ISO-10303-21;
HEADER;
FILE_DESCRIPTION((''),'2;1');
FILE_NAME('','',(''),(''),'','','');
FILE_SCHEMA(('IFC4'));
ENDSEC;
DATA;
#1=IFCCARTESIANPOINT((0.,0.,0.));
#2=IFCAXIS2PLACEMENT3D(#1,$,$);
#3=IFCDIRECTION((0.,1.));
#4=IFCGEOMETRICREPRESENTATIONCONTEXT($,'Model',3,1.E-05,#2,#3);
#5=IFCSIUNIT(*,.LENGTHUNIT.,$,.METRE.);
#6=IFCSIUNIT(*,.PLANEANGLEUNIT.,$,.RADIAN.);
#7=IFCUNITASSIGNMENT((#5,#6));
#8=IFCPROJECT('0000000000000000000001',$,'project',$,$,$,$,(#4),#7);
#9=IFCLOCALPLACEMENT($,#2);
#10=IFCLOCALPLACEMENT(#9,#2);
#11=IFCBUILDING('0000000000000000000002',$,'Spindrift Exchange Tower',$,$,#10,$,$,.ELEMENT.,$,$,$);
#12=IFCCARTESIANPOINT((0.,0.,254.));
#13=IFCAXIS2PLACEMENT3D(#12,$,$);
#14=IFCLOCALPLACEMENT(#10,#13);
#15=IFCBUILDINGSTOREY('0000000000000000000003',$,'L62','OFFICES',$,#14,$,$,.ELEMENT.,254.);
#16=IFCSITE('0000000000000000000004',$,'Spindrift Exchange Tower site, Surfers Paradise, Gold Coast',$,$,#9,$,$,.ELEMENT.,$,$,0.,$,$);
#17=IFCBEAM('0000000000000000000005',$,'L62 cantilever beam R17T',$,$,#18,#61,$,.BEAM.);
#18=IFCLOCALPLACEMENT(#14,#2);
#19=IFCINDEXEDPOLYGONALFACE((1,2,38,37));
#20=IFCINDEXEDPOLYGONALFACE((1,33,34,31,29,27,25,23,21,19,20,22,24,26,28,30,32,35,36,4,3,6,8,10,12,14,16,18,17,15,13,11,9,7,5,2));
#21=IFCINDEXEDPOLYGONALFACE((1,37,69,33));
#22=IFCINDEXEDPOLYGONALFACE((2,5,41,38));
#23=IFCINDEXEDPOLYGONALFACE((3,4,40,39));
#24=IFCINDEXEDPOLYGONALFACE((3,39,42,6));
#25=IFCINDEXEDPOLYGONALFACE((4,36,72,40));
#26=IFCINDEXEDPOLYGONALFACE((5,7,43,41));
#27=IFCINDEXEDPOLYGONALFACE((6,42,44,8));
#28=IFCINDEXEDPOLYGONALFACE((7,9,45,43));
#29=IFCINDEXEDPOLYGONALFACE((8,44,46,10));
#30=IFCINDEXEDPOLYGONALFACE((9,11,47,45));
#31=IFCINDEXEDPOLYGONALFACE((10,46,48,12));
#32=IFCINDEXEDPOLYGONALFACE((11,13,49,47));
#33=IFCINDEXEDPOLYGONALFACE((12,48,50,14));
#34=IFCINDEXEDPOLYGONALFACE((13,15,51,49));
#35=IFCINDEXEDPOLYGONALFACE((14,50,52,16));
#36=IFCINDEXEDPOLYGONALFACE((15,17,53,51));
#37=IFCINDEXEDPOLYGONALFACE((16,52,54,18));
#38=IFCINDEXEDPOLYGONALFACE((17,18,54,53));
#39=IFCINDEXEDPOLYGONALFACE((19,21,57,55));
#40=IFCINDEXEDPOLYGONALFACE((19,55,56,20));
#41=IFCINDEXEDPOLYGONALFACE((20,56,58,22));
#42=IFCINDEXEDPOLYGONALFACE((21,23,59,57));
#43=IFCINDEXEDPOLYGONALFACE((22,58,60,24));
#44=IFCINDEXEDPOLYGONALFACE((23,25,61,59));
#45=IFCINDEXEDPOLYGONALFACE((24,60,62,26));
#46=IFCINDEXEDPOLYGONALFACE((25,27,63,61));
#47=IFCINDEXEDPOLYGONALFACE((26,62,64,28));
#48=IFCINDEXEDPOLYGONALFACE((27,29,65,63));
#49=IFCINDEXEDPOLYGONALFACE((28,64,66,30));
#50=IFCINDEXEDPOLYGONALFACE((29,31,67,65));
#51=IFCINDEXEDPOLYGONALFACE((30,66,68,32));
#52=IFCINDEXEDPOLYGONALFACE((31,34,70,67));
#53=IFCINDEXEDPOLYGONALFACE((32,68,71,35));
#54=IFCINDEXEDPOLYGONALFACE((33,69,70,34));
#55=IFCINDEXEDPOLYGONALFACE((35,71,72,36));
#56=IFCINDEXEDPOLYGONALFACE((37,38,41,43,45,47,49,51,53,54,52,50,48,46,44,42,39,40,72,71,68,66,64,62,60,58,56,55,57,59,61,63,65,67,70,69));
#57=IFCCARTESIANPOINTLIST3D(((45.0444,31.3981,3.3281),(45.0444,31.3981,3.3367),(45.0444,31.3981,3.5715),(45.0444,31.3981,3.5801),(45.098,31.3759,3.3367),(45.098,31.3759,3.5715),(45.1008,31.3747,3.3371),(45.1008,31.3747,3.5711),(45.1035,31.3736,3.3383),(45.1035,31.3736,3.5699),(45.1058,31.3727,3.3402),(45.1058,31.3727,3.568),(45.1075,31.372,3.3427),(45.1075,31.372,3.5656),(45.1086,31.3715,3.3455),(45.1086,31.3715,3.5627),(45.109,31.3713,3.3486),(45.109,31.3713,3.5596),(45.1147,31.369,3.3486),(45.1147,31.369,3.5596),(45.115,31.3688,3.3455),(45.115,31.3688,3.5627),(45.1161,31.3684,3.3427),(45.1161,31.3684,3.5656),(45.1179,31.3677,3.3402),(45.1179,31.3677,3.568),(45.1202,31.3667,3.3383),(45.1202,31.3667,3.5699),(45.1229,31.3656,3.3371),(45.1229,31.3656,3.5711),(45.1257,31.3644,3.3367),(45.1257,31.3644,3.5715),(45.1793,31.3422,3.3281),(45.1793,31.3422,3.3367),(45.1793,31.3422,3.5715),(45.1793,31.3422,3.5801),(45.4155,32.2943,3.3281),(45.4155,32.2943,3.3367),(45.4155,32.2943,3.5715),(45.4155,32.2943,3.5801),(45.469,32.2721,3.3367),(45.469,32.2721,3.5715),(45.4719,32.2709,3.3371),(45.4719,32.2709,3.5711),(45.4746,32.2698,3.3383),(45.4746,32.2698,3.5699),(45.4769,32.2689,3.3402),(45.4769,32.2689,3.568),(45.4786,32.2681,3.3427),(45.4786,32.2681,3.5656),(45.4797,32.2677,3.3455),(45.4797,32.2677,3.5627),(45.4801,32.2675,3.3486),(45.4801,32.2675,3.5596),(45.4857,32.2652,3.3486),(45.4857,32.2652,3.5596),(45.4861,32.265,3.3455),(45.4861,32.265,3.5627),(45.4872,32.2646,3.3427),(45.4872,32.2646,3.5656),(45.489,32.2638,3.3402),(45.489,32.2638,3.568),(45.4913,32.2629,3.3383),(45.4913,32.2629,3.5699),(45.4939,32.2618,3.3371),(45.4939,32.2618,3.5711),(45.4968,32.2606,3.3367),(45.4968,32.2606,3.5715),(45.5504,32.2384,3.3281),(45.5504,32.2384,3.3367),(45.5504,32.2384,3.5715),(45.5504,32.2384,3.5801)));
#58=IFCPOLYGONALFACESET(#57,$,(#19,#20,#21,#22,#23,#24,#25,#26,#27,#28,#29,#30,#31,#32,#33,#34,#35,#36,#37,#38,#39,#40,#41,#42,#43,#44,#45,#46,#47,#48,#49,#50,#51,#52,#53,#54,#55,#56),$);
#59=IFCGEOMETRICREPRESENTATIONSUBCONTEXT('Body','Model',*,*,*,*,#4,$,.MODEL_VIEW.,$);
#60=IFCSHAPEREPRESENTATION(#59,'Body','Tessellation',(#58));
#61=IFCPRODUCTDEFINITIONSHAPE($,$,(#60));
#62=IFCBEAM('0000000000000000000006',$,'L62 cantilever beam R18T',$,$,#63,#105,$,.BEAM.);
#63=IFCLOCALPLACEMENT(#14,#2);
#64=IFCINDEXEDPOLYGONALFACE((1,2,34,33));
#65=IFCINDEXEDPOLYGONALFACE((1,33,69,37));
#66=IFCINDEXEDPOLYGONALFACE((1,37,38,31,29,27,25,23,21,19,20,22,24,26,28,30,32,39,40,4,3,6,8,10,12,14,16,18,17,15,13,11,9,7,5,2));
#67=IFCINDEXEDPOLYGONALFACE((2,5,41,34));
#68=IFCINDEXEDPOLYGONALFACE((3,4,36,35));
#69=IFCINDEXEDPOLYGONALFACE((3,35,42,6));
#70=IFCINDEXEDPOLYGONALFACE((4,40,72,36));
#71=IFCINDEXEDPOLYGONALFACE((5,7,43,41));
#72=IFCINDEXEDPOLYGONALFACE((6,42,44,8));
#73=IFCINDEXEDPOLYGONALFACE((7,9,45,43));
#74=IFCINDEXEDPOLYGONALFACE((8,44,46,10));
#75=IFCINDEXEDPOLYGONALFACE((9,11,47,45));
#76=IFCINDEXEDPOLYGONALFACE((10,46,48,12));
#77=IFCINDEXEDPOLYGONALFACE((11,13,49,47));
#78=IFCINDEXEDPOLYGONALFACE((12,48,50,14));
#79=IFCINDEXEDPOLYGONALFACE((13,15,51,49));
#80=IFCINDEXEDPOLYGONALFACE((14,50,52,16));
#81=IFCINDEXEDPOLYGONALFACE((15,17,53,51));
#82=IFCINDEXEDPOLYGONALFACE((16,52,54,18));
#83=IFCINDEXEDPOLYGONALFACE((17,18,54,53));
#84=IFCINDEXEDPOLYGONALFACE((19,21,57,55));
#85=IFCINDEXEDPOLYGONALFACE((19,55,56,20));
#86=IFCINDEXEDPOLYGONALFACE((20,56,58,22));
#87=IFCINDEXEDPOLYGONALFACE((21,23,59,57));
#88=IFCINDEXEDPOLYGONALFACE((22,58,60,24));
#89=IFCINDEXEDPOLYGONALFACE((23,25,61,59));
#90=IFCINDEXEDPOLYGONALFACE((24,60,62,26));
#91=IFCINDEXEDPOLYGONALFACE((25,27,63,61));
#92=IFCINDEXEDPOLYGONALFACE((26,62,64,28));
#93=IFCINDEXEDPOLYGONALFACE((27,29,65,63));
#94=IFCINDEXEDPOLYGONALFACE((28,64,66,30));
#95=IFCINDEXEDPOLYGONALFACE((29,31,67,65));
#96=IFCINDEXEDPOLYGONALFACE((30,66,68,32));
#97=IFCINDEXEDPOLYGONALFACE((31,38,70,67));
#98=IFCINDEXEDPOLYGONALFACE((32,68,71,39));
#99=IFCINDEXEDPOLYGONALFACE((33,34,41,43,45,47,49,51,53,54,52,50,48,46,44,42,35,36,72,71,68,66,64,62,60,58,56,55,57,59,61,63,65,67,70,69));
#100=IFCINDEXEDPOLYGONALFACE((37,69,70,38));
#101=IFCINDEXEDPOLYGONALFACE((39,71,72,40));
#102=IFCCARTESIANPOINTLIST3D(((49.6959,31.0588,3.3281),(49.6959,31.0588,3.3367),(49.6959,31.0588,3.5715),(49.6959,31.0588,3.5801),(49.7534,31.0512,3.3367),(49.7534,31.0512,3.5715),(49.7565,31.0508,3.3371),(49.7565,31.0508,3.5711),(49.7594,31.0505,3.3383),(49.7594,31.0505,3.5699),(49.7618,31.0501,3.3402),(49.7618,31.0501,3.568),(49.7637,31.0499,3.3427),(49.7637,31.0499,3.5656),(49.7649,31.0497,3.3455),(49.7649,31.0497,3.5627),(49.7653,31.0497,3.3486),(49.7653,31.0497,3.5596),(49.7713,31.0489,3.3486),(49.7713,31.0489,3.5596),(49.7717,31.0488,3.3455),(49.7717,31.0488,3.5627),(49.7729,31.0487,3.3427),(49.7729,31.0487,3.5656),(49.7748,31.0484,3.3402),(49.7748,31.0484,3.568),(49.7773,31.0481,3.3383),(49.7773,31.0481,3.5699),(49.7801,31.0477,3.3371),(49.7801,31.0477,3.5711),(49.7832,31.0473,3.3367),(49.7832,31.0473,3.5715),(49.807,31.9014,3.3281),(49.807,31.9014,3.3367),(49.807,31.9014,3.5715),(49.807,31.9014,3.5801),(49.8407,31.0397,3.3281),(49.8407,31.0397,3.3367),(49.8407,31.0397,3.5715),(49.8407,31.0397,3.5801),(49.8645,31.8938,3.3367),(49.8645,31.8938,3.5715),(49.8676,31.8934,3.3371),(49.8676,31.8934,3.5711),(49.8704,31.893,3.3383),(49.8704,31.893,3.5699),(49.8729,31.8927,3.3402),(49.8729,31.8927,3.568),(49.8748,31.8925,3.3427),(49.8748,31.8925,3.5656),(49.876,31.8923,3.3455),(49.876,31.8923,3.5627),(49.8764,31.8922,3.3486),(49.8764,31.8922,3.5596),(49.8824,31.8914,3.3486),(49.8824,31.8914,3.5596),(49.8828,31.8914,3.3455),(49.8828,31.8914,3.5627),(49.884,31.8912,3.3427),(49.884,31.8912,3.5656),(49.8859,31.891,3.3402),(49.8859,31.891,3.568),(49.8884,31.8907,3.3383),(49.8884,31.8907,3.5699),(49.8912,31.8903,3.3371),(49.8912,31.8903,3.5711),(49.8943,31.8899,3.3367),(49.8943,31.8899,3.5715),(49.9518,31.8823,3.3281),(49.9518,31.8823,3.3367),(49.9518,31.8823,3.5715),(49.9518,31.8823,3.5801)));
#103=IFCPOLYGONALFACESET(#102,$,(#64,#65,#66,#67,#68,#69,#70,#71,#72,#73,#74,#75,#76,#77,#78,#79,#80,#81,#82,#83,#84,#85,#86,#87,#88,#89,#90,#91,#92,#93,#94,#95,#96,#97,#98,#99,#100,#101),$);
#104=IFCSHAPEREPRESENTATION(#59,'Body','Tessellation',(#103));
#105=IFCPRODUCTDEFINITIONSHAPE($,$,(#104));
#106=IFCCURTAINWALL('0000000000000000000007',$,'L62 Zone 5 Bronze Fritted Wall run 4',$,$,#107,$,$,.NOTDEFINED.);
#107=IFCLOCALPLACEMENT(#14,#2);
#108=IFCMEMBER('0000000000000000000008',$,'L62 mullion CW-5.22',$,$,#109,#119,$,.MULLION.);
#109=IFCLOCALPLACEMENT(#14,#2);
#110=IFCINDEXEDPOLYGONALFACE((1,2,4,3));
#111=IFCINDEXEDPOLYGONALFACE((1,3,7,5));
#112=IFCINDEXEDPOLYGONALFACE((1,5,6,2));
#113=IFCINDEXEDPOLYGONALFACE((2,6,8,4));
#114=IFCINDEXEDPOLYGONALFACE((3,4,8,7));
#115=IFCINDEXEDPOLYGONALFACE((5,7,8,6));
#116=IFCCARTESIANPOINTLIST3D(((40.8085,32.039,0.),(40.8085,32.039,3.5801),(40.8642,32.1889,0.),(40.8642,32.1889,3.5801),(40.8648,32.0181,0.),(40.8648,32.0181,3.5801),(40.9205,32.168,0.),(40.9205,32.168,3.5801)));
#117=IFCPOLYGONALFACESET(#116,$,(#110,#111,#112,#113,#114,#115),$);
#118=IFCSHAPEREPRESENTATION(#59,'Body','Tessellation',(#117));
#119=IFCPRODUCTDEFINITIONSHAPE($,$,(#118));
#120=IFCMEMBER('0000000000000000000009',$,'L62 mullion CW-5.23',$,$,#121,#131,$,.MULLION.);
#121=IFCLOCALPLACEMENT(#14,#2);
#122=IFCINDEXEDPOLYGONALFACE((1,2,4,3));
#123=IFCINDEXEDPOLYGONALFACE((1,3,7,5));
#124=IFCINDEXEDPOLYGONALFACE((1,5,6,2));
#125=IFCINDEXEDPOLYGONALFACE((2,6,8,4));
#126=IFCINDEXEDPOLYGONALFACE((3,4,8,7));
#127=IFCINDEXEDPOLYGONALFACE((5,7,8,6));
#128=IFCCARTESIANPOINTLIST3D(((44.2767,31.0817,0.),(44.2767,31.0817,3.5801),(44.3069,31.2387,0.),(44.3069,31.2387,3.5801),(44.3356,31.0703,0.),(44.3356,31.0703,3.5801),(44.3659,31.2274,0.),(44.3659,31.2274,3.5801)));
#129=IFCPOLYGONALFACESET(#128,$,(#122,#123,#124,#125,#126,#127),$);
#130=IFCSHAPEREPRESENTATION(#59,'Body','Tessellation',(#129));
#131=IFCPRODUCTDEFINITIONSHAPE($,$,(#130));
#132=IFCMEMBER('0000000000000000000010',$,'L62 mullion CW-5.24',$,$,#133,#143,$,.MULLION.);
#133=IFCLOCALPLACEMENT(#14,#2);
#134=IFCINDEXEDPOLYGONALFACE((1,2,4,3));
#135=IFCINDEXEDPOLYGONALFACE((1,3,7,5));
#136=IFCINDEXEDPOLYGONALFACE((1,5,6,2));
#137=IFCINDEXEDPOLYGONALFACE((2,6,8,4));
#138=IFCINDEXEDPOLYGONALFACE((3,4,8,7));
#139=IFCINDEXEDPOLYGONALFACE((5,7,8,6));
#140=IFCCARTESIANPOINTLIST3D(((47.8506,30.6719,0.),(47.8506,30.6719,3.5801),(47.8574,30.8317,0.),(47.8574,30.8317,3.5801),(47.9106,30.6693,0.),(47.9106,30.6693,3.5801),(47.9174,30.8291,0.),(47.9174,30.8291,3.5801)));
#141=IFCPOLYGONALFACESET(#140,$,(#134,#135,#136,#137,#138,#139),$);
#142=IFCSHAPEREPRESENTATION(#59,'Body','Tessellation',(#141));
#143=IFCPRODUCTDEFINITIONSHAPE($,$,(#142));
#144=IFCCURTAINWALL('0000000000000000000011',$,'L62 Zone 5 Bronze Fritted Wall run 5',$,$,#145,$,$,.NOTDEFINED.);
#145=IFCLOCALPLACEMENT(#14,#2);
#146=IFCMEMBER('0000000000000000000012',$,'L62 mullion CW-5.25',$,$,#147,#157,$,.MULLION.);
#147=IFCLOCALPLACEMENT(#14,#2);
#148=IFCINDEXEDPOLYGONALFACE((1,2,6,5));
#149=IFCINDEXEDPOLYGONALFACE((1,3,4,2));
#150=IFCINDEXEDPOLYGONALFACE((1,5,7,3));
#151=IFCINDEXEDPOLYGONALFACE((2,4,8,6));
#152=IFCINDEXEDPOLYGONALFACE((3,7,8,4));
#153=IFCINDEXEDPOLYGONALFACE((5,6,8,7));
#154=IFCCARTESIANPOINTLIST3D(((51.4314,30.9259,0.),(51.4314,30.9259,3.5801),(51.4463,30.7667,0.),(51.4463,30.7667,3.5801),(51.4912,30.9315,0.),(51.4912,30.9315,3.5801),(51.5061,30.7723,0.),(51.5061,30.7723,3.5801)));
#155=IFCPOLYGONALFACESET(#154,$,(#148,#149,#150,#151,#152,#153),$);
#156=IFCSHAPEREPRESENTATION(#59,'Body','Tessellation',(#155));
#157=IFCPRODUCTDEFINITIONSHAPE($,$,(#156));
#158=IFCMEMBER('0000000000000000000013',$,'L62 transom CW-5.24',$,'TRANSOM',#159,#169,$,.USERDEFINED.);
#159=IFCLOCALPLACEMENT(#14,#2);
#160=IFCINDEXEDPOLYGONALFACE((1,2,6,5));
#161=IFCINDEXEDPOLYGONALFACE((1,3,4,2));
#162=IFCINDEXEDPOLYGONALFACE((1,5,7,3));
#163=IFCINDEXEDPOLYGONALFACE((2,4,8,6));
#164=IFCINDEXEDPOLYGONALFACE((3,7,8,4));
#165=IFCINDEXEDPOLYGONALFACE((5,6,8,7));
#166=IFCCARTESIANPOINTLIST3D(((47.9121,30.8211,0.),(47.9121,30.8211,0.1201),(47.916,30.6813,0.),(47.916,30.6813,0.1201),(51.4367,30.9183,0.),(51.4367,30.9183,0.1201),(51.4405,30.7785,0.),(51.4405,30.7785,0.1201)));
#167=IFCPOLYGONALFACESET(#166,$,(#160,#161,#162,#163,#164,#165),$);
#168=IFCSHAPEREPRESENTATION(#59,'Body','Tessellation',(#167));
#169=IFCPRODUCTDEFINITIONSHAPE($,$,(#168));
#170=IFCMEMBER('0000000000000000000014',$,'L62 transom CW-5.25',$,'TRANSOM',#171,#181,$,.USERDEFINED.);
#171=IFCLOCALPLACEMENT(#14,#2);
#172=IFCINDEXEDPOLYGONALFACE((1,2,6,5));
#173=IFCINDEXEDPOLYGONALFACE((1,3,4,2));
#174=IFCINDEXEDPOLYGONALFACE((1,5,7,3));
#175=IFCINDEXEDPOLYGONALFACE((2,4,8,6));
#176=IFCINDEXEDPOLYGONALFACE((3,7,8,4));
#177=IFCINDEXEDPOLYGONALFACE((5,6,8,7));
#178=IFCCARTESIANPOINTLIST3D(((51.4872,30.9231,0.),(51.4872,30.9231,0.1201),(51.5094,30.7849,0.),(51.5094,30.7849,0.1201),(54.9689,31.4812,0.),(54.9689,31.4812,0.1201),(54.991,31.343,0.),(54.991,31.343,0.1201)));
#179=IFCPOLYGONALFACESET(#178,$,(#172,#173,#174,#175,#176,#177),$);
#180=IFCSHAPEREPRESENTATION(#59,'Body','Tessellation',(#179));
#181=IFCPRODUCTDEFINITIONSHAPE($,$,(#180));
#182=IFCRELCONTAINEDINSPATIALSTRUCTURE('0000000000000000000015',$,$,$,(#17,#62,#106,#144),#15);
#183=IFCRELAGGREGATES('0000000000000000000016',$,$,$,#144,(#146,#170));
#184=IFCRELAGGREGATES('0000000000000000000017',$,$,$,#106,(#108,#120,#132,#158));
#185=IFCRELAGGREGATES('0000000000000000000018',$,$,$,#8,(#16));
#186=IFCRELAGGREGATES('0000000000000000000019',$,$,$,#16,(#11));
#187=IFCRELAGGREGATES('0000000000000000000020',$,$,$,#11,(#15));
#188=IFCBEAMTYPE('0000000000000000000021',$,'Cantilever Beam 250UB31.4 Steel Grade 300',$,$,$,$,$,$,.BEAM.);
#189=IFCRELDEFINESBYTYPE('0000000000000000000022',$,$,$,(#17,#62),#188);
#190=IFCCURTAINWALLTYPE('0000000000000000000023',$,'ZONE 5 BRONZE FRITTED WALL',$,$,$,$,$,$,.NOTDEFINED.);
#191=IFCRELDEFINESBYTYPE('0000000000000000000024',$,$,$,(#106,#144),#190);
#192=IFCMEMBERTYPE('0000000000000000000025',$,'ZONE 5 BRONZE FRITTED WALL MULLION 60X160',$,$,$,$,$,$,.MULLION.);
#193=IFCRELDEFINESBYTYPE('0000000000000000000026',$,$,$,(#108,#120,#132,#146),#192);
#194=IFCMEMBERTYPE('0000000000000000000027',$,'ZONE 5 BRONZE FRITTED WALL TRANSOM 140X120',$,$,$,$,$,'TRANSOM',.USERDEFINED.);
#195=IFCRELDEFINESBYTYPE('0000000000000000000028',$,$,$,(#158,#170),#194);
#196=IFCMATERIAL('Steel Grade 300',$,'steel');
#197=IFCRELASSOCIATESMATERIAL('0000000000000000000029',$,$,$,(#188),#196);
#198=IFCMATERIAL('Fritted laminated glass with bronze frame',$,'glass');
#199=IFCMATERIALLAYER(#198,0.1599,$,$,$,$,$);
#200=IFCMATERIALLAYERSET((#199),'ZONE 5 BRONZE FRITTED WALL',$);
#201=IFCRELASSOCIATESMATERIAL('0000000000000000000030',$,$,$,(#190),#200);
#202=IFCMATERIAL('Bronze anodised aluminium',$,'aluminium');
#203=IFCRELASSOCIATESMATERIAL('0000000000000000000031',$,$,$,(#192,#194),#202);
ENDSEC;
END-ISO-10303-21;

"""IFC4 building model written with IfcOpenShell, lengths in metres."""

from ifc_helpers import new_model, si_unit, direction, frame, origin, origin_2d, place, context, subcontext, project, spatial, rectangle, i_section, extrude, source, transform, mapped, material, layer, layer_set, material_profile, profile_set, type_object, element, aggregate, save


model = new_model("IFC4")

# Units and contexts
model_context = context("Model", 3, precision=1e-05, world=origin(), true_north=direction((0.0, 1.0)))
body_context = subcontext(model_context, "Body", "Model", "MODEL_VIEW")
ifc_project = project(units=[si_unit("LENGTHUNIT", "METRE"), si_unit("PLANEANGLEUNIT", "RADIAN")], contexts=[model_context])

# Site, building, storey
site_placement = place(None, origin())
site = spatial("IfcSite", under=ifc_project, at=site_placement, Name="Spindrift Exchange Tower site, Surfers Paradise, Gold Coast", CompositionType="ELEMENT", RefElevation=0.0)
building_placement = place(site_placement, origin())
building = spatial("IfcBuilding", under=site, at=building_placement, Name="Spindrift Exchange Tower", CompositionType="ELEMENT")
storey_placement = place(building_placement, frame((0.0, 0.0, 254.0)))
storey = spatial("IfcBuildingStorey", under=building, at=storey_placement, Name="L62", Description="OFFICES", CompositionType="ELEMENT", Elevation=254.0)

# Beams
ifc_material_1 = material(Name="Steel Grade 300", Category="steel")
ifc_material_profile_1 = material_profile(ifc_material_1, i_section(OverallWidth=0.146, OverallDepth=0.252, WebThickness=0.0061, FlangeThickness=0.0085, FilletRadius=0.012, at=origin_2d()), Name="250UB31.4")
ifc_profile_set_1 = profile_set([ifc_material_profile_1], Name="Steel Grade 300")
beam_type_1 = type_object("IfcBeamType", Name="Cantilever Beam 250UB31.4 Steel Grade 300", PredefinedType="BEAM", material=ifc_profile_set_1)
shared_shape_1 = source(origin(), body_context, "Body", "SweptSolid", [
    extrude(i_section(OverallWidth=0.146, OverallDepth=0.252, WebThickness=0.0061, FlangeThickness=0.0085, FilletRadius=0.012, at=origin_2d()), origin(), (0.0, 0.0, 1.0), 0.97),
])
beam_1_placement = place(storey_placement, frame((45.4829, 32.2664, 3.4541), z_axis=(-0.382559, -0.923931, 0.0), x_axis=(0.923931, -0.382559, 0.0)))
element("IfcBeam", 1, at=beam_1_placement, inside=storey, type_object=beam_type_1, Name="L62 cantilever beam R17T", PredefinedType="BEAM", context=body_context, shape_type="MappedRepresentation", body=[
    mapped(shared_shape_1, transform((0.0, 0.0, 0.0), scale=1.0)),
])
shared_shape_2 = source(origin(), body_context, "Body", "SweptSolid", [
    extrude(i_section(OverallWidth=0.146, OverallDepth=0.252, WebThickness=0.0061, FlangeThickness=0.0085, FilletRadius=0.012, at=origin_2d()), origin(), (0.0, 0.0, 1.0), 0.8499),
])
beam_2_placement = place(storey_placement, frame((49.8794, 31.8918, 3.4541), z_axis=(-0.130715, -0.99142, 0.0), x_axis=(0.99142, -0.130715, 0.0)))
element("IfcBeam", 2, at=beam_2_placement, inside=storey, type_object=beam_type_1, Name="L62 cantilever beam R18T", PredefinedType="BEAM", context=body_context, shape_type="MappedRepresentation", body=[
    mapped(shared_shape_2, transform((0.0, 0.0, 0.0), scale=1.0)),
])

# Curtain wall, members
ifc_material_2 = material(Name="Fritted laminated glass with bronze frame", Category="glass")
ifc_layer_1 = layer(ifc_material_2, 0.1599)
ifc_layer_set_1 = layer_set([ifc_layer_1], Name="ZONE 5 BRONZE FRITTED WALL")
curtain_wall_type = type_object("IfcCurtainWallType", Name="ZONE 5 BRONZE FRITTED WALL", PredefinedType="NOTDEFINED", material=ifc_layer_set_1)
curtain_wall_1_placement = place(storey_placement, origin())
curtain_wall_1 = element("IfcCurtainWall", 3, at=curtain_wall_1_placement, inside=storey, type_object=curtain_wall_type, Name="L62 Zone 5 Bronze Fritted Wall run 4", PredefinedType="NOTDEFINED")
ifc_material_3 = material(Name="Bronze anodised aluminium", Category="aluminium")
ifc_material_profile_2 = material_profile(ifc_material_3, rectangle(XDim=0.0601, YDim=0.1599, at=origin_2d()), Name="ZONE 5 BRONZE FRITTED WALL MULLION 60X160")
ifc_profile_set_2 = profile_set([ifc_material_profile_2], Name="Bronze anodised aluminium")
member_type_1 = type_object("IfcMemberType", Name="ZONE 5 BRONZE FRITTED WALL MULLION 60X160", PredefinedType="MULLION", material=ifc_profile_set_2)
shared_shape_3 = source(origin(), body_context, "Body", "SweptSolid", [
    extrude(rectangle(XDim=0.0601, YDim=0.1599, at=origin_2d()), origin(), (0.0, 0.0, 1.0), 3.5801),
])
member_1_placement = place(storey_placement, frame((40.8645, 32.1035, 0.0), z_axis=(0.0, 0.0, 1.0), x_axis=(0.93733, -0.348444, 0.0)))
member_1 = element("IfcMember", 4, at=member_1_placement, type_object=member_type_1, Name="L62 mullion CW-5.22", PredefinedType="MULLION", context=body_context, shape_type="MappedRepresentation", body=[
    mapped(shared_shape_3, transform((0.0, 0.0, 0.0), scale=1.0)),
])
member_2_placement = place(storey_placement, frame((44.3213, 31.1545, 0.0), z_axis=(0.0, 0.0, 1.0), x_axis=(0.981922, -0.189288, 0.0)))
member_2 = element("IfcMember", 5, at=member_2_placement, type_object=member_type_1, Name="L62 mullion CW-5.23", PredefinedType="MULLION", context=body_context, shape_type="MappedRepresentation", body=[
    mapped(shared_shape_3, transform((0.0, 0.0, 0.0), scale=1.0)),
])
member_3_placement = place(storey_placement, frame((47.884, 30.7505, 0.0), z_axis=(0.0, 0.0, 1.0), x_axis=(0.999088, -0.042695, 0.0)))
member_3 = element("IfcMember", 6, at=member_3_placement, type_object=member_type_1, Name="L62 mullion CW-5.24", PredefinedType="MULLION", context=body_context, shape_type="MappedRepresentation", body=[
    mapped(shared_shape_3, transform((0.0, 0.0, 0.0), scale=1.0)),
])

# Curtain wall, member
curtain_wall_2_placement = place(storey_placement, origin())
curtain_wall_2 = element("IfcCurtainWall", 7, at=curtain_wall_2_placement, inside=storey, type_object=curtain_wall_type, Name="L62 Zone 5 Bronze Fritted Wall run 5", PredefinedType="NOTDEFINED")
member_4_placement = place(storey_placement, frame((51.4688, 30.8491, 0.0), z_axis=(0.0, 0.0, 1.0), x_axis=(0.995656, 0.093113, 0.0)))
member_4 = element("IfcMember", 8, at=member_4_placement, type_object=member_type_1, Name="L62 mullion CW-5.25", PredefinedType="MULLION", context=body_context, shape_type="MappedRepresentation", body=[
    mapped(shared_shape_3, transform((0.0, 0.0, 0.0), scale=1.0)),
])

# Members
ifc_material_profile_3 = material_profile(ifc_material_3, rectangle(XDim=0.1399, YDim=0.1201, at=origin_2d()), Name="ZONE 5 BRONZE FRITTED WALL TRANSOM 140X120")
ifc_profile_set_3 = profile_set([ifc_material_profile_3], Name="Bronze anodised aluminium")
member_type_2 = type_object("IfcMemberType", Name="ZONE 5 BRONZE FRITTED WALL TRANSOM 140X120", ElementType="TRANSOM", PredefinedType="USERDEFINED", material=ifc_profile_set_3)
shared_shape_4 = source(origin(), body_context, "Body", "SweptSolid", [
    extrude(rectangle(XDim=0.1399, YDim=0.1201, at=origin_2d()), origin(), (0.0, 0.0, 1.0), 3.5259),
])
member_5_placement = place(storey_placement, frame((47.9141, 30.7512, 0.0601), z_axis=(0.99962, 0.027558, 0.0), x_axis=(-0.027558, 0.99962, 0.0)))
member_5 = element("IfcMember", 9, at=member_5_placement, type_object=member_type_2, Name="L62 transom CW-5.24", ObjectType="TRANSOM", PredefinedType="USERDEFINED", context=body_context, shape_type="MappedRepresentation", body=[
    mapped(shared_shape_4, transform((0.0, 0.0, 0.0), scale=1.0)),
])
shared_shape_5 = source(origin(), body_context, "Body", "SweptSolid", [
    extrude(rectangle(XDim=0.1399, YDim=0.1201, at=origin_2d()), origin(), (0.0, 0.0, 1.0), 3.5261),
])
member_6_placement = place(storey_placement, frame((51.4983, 30.854, 0.0601), z_axis=(0.987395, 0.158277, 0.0), x_axis=(-0.158277, 0.987395, 0.0)))
member_6 = element("IfcMember", 10, at=member_6_placement, type_object=member_type_2, Name="L62 transom CW-5.25", ObjectType="TRANSOM", PredefinedType="USERDEFINED", context=body_context, shape_type="MappedRepresentation", body=[
    mapped(shared_shape_5, transform((0.0, 0.0, 0.0), scale=1.0)),
])
aggregate(curtain_wall_2, [member_4, member_6])

aggregate(curtain_wall_1, [member_1, member_2, member_3, member_5])

save(model, "model.ifc")
